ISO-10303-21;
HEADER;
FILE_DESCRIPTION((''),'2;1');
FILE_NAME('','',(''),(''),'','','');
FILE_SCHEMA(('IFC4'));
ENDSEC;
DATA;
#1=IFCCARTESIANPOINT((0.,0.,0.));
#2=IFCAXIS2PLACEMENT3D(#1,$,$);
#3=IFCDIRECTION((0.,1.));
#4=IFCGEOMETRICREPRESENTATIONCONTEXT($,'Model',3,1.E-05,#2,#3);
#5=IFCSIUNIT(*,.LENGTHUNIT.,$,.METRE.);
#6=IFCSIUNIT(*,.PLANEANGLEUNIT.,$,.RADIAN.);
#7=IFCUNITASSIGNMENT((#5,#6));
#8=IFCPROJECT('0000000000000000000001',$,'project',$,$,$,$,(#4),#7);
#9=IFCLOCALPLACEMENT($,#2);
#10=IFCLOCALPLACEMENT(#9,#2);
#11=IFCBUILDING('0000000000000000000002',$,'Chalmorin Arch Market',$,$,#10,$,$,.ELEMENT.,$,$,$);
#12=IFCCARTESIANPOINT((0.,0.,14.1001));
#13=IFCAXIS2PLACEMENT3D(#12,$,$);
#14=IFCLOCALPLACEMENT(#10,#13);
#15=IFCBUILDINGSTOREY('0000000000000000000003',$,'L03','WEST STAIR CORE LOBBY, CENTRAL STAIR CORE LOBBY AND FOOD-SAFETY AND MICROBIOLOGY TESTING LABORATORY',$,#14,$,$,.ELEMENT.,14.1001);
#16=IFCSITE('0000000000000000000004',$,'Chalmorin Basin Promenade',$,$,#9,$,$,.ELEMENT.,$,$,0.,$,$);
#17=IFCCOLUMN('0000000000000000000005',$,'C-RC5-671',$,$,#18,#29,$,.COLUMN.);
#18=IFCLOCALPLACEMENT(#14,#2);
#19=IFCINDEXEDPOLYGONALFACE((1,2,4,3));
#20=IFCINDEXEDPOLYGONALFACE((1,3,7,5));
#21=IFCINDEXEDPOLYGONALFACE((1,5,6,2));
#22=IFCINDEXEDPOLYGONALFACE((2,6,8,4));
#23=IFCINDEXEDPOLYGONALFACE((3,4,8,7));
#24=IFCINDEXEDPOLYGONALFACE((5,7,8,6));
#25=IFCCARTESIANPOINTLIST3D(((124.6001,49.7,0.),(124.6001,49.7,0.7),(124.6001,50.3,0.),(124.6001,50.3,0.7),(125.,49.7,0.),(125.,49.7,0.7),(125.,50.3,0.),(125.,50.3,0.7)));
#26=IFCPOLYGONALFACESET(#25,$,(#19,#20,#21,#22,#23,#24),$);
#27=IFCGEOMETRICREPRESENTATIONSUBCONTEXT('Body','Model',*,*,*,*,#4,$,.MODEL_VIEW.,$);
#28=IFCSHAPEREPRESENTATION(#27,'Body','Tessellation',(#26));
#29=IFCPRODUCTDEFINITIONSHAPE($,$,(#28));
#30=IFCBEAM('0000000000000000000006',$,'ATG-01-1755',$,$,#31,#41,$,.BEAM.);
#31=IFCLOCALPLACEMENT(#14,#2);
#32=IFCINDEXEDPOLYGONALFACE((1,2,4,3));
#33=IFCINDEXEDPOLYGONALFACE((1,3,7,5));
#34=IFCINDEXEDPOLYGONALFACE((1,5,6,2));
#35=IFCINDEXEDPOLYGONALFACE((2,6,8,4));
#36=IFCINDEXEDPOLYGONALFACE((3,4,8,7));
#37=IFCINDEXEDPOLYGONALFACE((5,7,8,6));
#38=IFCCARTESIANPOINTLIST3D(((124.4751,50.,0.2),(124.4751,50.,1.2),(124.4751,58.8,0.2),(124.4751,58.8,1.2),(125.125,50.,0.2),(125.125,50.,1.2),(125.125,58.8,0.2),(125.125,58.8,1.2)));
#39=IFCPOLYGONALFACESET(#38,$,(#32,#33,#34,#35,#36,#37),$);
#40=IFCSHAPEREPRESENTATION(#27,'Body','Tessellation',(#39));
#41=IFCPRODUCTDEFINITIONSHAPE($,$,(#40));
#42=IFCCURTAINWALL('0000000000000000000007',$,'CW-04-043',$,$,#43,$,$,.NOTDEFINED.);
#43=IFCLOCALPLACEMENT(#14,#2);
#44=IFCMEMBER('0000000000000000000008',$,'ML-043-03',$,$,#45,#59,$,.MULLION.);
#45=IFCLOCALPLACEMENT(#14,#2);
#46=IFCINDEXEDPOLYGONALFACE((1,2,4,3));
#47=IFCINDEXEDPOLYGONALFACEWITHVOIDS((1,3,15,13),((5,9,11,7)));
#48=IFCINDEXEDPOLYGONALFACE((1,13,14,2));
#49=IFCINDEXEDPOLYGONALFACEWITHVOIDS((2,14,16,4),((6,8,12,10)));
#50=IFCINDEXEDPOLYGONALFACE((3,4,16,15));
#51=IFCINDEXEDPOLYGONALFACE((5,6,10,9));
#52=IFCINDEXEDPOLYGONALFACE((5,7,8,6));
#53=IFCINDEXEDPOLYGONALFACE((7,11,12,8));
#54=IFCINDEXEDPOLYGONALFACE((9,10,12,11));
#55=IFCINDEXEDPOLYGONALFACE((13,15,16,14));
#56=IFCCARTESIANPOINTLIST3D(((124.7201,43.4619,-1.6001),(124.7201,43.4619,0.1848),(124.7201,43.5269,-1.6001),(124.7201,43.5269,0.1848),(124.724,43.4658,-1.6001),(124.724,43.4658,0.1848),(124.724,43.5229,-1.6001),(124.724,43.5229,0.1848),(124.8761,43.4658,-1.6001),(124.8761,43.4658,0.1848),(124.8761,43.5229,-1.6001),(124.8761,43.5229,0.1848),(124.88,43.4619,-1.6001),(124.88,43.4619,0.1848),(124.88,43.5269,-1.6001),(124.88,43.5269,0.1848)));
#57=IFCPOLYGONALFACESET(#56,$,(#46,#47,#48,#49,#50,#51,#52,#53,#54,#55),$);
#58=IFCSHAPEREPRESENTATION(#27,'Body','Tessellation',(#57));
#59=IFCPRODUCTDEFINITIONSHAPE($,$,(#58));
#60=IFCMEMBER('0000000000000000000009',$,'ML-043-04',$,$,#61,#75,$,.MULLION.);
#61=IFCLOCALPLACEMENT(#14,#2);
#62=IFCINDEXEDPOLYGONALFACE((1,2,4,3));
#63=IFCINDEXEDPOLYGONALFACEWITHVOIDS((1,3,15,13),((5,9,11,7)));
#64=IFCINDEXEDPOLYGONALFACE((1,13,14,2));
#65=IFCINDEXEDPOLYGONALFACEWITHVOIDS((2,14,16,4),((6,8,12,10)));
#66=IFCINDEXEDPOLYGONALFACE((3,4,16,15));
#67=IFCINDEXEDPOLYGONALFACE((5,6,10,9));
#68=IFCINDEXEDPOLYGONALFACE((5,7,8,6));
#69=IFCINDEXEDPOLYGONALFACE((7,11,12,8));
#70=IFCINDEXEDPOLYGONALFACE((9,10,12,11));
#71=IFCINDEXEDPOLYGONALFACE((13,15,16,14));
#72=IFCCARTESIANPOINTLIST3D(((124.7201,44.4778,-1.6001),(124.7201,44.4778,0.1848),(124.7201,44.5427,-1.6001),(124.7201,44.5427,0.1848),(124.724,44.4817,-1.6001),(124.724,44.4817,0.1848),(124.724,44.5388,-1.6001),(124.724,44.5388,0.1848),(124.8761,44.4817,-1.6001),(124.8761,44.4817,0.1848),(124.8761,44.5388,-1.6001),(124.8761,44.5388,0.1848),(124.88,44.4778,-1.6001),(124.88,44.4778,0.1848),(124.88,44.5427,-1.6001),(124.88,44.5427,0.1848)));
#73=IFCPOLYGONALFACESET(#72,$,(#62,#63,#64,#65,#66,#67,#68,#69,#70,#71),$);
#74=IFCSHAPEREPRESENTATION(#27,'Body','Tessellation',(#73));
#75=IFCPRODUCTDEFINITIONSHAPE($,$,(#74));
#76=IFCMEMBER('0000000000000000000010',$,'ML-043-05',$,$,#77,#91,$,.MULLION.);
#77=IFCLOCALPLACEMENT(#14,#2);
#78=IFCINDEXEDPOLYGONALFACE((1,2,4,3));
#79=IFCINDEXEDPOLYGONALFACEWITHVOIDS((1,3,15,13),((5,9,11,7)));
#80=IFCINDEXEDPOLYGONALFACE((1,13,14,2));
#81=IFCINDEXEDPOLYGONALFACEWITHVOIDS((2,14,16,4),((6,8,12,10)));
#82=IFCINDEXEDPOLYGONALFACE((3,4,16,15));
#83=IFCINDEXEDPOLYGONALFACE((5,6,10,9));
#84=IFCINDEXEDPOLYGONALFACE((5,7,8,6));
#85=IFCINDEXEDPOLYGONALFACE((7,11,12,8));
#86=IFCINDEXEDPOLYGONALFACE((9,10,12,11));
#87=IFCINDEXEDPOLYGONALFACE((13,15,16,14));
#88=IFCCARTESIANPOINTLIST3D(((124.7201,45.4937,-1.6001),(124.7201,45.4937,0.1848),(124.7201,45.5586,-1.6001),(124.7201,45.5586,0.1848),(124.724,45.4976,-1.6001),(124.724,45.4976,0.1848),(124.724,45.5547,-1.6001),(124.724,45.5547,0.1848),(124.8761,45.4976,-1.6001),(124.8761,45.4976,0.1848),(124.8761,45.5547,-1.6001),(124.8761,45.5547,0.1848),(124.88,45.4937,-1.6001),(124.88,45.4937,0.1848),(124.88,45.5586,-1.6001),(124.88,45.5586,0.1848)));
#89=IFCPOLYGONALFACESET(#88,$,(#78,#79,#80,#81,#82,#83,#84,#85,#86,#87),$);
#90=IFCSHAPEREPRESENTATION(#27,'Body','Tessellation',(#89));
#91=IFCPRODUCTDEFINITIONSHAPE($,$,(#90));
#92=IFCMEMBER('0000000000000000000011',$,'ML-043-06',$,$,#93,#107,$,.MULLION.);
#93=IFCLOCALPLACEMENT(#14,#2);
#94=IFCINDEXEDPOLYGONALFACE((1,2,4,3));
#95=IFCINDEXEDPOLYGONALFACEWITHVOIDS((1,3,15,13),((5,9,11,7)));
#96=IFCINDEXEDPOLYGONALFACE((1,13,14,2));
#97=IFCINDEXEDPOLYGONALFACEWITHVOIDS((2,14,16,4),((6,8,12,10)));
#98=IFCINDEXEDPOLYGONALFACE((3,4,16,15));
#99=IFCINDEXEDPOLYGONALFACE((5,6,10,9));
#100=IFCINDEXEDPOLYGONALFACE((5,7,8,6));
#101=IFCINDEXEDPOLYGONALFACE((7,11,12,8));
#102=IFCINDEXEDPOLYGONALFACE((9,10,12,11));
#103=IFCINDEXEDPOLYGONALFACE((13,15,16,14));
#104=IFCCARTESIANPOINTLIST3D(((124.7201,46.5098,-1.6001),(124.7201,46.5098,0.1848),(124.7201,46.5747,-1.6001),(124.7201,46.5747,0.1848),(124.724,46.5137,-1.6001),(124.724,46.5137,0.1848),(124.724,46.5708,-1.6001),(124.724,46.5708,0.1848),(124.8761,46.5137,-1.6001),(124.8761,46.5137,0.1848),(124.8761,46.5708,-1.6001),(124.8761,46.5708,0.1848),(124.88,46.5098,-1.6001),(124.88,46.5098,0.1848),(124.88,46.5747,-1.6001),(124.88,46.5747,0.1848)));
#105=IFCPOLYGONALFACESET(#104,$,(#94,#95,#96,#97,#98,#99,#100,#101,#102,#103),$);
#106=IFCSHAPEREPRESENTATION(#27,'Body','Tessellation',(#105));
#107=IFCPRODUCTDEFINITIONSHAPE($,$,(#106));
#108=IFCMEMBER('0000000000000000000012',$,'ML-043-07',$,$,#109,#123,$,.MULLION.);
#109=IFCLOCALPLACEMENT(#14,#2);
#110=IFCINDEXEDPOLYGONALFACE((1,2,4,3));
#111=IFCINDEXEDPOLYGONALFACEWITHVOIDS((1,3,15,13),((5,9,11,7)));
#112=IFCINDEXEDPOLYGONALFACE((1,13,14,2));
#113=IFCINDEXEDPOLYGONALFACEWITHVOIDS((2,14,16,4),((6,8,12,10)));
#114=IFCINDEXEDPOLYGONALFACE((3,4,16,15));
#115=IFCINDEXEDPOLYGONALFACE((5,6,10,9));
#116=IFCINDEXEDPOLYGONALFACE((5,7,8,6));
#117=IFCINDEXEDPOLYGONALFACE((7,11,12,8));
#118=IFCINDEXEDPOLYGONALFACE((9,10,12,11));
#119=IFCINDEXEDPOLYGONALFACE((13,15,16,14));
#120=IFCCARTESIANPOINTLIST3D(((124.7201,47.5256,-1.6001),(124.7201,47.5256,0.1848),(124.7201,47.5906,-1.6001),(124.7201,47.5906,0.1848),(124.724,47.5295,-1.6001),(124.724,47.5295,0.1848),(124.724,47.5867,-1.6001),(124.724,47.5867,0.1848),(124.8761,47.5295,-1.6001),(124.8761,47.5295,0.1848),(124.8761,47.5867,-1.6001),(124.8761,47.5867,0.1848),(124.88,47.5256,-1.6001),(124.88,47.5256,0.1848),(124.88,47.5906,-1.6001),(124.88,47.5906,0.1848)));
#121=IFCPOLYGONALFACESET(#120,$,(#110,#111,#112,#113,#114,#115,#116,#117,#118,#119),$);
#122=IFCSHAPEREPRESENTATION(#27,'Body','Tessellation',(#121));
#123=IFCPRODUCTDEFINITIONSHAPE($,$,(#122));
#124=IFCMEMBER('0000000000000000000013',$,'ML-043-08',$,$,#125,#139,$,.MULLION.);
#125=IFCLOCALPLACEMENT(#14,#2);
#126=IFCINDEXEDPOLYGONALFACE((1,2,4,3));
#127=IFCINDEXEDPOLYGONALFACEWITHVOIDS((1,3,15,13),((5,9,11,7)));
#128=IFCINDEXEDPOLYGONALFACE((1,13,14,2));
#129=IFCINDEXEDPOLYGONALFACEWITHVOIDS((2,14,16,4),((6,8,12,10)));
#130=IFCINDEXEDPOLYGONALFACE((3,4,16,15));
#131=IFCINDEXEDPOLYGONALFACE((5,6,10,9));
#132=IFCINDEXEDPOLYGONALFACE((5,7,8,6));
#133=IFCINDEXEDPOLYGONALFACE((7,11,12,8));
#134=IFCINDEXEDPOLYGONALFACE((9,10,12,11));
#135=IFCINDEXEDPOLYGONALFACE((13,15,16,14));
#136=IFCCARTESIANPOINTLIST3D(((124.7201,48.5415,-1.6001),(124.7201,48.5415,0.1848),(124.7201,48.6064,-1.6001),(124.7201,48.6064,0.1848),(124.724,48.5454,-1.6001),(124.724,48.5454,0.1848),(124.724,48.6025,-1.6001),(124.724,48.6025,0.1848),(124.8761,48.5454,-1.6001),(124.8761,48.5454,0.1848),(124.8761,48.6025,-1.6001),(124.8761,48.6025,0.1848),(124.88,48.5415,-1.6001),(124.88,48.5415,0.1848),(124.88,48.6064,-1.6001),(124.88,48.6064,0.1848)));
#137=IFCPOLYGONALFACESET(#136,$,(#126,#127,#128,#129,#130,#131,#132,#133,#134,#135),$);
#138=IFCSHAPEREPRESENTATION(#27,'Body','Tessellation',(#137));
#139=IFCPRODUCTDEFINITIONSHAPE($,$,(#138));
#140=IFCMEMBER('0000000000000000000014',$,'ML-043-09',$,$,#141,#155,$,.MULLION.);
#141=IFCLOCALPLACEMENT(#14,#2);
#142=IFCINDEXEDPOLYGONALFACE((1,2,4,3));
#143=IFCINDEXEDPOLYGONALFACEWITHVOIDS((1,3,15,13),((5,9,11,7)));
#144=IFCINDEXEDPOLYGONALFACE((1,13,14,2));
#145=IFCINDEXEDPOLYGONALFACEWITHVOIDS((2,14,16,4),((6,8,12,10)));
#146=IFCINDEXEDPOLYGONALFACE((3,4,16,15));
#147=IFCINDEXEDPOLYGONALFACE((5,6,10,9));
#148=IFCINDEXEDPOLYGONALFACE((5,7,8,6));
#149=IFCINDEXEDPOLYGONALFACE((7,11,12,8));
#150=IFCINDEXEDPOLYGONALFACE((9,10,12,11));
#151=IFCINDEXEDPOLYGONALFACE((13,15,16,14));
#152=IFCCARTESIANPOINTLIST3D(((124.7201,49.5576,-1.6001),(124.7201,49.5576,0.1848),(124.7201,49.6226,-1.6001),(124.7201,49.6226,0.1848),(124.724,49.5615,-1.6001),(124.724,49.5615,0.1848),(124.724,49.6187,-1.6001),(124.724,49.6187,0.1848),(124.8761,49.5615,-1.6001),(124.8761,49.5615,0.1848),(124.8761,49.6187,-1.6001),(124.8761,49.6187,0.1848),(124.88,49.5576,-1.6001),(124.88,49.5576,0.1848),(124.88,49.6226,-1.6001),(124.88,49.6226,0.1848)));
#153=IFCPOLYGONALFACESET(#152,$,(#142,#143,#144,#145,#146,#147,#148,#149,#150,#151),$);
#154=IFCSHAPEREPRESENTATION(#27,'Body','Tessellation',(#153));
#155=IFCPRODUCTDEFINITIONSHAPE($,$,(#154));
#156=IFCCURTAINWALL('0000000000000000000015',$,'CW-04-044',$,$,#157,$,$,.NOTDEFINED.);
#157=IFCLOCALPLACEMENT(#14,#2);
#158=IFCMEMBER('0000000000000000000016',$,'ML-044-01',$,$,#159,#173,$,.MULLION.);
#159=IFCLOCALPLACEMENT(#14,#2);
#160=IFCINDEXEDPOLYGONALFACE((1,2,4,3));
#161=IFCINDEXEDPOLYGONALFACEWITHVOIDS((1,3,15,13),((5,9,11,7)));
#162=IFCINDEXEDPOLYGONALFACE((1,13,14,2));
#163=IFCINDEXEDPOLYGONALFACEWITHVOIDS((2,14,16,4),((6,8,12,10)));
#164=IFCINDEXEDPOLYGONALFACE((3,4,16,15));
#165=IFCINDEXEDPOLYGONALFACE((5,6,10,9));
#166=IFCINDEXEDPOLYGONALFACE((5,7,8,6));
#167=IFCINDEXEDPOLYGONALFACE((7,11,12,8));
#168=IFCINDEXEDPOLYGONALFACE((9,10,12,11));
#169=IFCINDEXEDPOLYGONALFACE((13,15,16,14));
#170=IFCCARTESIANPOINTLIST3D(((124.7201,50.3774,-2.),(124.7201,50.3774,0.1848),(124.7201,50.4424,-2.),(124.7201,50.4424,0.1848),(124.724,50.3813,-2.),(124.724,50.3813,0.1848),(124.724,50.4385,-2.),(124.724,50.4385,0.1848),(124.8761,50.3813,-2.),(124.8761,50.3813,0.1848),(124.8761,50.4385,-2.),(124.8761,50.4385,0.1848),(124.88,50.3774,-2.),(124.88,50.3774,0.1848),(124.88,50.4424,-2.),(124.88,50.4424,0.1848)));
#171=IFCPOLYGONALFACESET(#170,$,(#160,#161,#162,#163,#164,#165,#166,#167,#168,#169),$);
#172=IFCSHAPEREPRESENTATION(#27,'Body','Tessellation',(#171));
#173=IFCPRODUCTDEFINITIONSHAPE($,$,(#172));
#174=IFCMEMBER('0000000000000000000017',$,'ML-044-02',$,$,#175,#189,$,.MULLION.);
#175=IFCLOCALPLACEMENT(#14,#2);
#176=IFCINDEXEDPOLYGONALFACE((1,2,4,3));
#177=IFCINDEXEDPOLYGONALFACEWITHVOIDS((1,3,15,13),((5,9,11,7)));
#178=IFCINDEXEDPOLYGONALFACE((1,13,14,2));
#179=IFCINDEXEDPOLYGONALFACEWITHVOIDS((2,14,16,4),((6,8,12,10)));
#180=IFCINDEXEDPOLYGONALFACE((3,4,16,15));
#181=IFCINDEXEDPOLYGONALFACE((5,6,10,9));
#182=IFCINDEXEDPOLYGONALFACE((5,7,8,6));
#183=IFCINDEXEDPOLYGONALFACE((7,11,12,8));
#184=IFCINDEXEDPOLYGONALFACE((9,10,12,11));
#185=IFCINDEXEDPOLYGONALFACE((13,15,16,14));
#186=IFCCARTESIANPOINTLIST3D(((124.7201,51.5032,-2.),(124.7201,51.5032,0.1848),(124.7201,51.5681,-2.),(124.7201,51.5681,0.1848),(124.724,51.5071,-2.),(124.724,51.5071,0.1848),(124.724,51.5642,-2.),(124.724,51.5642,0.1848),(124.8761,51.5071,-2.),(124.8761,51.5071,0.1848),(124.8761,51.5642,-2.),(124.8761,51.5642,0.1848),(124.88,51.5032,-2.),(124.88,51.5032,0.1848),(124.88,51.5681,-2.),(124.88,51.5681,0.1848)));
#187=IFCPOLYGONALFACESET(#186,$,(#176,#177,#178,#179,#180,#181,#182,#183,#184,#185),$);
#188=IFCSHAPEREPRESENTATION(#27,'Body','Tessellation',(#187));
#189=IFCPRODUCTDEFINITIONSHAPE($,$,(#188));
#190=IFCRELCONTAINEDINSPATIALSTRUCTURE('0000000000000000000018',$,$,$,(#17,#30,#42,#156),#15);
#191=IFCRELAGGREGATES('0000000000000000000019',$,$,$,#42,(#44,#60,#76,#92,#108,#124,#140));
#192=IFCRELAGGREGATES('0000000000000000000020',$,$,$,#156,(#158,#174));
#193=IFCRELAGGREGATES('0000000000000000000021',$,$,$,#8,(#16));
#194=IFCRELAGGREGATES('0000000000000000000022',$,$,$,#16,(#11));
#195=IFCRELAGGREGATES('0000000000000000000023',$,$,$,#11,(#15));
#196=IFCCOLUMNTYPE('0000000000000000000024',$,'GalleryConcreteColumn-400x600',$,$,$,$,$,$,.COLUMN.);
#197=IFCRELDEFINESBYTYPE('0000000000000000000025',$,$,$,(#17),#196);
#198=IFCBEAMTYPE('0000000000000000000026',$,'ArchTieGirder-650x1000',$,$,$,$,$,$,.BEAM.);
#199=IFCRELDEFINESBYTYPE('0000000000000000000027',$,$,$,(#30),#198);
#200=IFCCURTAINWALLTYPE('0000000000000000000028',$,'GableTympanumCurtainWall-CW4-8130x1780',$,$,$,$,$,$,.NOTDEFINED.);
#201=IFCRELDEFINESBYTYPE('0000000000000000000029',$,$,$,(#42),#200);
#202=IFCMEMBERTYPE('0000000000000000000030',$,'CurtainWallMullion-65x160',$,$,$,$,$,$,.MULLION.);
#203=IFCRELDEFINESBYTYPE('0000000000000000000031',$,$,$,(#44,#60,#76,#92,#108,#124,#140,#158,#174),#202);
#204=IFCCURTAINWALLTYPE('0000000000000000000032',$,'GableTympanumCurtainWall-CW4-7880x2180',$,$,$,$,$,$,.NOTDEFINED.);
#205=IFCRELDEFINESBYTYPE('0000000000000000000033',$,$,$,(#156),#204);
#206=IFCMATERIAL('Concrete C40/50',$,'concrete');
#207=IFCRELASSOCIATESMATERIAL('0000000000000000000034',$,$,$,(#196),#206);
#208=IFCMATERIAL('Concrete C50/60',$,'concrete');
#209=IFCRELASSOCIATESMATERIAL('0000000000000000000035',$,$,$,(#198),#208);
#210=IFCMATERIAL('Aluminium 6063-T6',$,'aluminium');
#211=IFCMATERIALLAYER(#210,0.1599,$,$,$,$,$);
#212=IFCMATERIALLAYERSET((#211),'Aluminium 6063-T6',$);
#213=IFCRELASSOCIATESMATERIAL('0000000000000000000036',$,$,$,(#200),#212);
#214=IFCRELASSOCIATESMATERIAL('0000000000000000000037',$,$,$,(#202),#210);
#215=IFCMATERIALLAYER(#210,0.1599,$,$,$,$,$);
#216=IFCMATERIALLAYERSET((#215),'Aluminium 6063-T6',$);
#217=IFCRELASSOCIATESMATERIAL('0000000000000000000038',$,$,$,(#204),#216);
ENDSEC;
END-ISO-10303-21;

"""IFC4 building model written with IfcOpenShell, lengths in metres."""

from ifc_helpers import new_model, si_unit, direction, frame, origin, origin_2d, place, context, subcontext, project, spatial, rectangle, hollow_rectangle, extrude, material, layer, layer_set, material_profile, profile_set, type_object, element, aggregate, save


model = new_model("IFC4")

# Units and contexts
model_context = context("Model", 3, precision=1e-05, world=origin(), true_north=direction((0.0, 1.0)))
body_context = subcontext(model_context, "Body", "Model", "MODEL_VIEW")
ifc_project = project(units=[si_unit("LENGTHUNIT", "METRE"), si_unit("PLANEANGLEUNIT", "RADIAN")], contexts=[model_context])

# Site, building, storey
site_placement = place(None, origin())
site = spatial("IfcSite", under=ifc_project, at=site_placement, Name="Chalmorin Basin Promenade", CompositionType="ELEMENT", RefElevation=0.0)
building_placement = place(site_placement, origin())
building = spatial("IfcBuilding", under=site, at=building_placement, Name="Chalmorin Arch Market", CompositionType="ELEMENT")
storey_placement = place(building_placement, frame((0.0, 0.0, 14.1001)))
storey = spatial("IfcBuildingStorey", under=building, at=storey_placement, Name="L03", Description="WEST STAIR CORE LOBBY, CENTRAL STAIR CORE LOBBY AND FOOD-SAFETY AND MICROBIOLOGY TESTING LABORATORY", CompositionType="ELEMENT", Elevation=14.1001)

# Column
ifc_material_1 = material(Name="Concrete C40/50", Category="concrete")
ifc_material_profile_1 = material_profile(ifc_material_1, rectangle(XDim=0.3999, YDim=0.6001, at=origin_2d()), Name="RC400X600")
ifc_profile_set_1 = profile_set([ifc_material_profile_1], Name="Concrete C40/50")
column_type = type_object("IfcColumnType", Name="GalleryConcreteColumn-400x600", PredefinedType="COLUMN", material=ifc_profile_set_1)
column_placement = place(storey_placement, frame((124.8, 50.0, 0.0), z_axis=(0.0, 0.0, 1.0), x_axis=(1.0, 0.0, 0.0)))
element("IfcColumn", 1, at=column_placement, inside=storey, type_object=column_type, Name="C-RC5-671", PredefinedType="COLUMN", context=body_context, shape_type="SweptSolid", body=[
    extrude(rectangle(XDim=0.3999, YDim=0.6001, at=origin_2d()), origin(), (0.0, 0.0, 1.0), 0.7),
])

# Beam
ifc_material_2 = material(Name="Concrete C50/60", Category="concrete")
ifc_material_profile_2 = material_profile(ifc_material_2, rectangle(XDim=0.6499, YDim=1.0, at=origin_2d()), Name="RC650X1000")
ifc_profile_set_2 = profile_set([ifc_material_profile_2], Name="Concrete C50/60")
beam_type = type_object("IfcBeamType", Name="ArchTieGirder-650x1000", PredefinedType="BEAM", material=ifc_profile_set_2)
beam_placement = place(storey_placement, frame((124.8, 50.0, 0.7), z_axis=(0.0, 1.0, 0.0), x_axis=(-1.0, 0.0, 0.0)))
element("IfcBeam", 2, at=beam_placement, inside=storey, type_object=beam_type, Name="ATG-01-1755", PredefinedType="BEAM", context=body_context, shape_type="SweptSolid", body=[
    extrude(rectangle(XDim=0.6499, YDim=1.0, at=origin_2d()), origin(), (0.0, 0.0, 1.0), 8.8),
])

# Curtain walls, members
ifc_material_3 = material(Name="Aluminium 6063-T6", Category="aluminium")
ifc_layer_1 = layer(ifc_material_3, 0.1599)
ifc_layer_set_1 = layer_set([ifc_layer_1], Name="Aluminium 6063-T6")
curtain_wall_type_1 = type_object("IfcCurtainWallType", Name="GableTympanumCurtainWall-CW4-8130x1780", PredefinedType="NOTDEFINED", material=ifc_layer_set_1)
curtain_wall_1_placement = place(storey_placement, origin())
curtain_wall_1 = element("IfcCurtainWall", 3, at=curtain_wall_1_placement, inside=storey, type_object=curtain_wall_type_1, Name="CW-04-043", PredefinedType="NOTDEFINED")
ifc_material_profile_3 = material_profile(ifc_material_3, hollow_rectangle(XDim=0.0649, YDim=0.1599, WallThickness=0.0039, at=origin_2d()), Name="ALU65X160X4")
ifc_profile_set_3 = profile_set([ifc_material_profile_3], Name="Aluminium 6063-T6")
member_type_1 = type_object("IfcMemberType", Name="CurtainWallMullion-65x160", PredefinedType="MULLION", material=ifc_profile_set_3)
member_1_placement = place(storey_placement, frame((124.8, 43.4944, -1.6001), z_axis=(0.0, 0.0, 1.0), x_axis=(0.0, 1.0, 0.0)))
member_1 = element("IfcMember", 4, at=member_1_placement, type_object=member_type_1, Name="ML-043-03", PredefinedType="MULLION", context=body_context, shape_type="SweptSolid", body=[
    extrude(hollow_rectangle(XDim=0.0649, YDim=0.1599, WallThickness=0.0039, at=origin_2d()), origin(), (0.0, 0.0, 1.0), 1.7849),
])
member_2_placement = place(storey_placement, frame((124.8, 44.5103, -1.6001), z_axis=(0.0, 0.0, 1.0), x_axis=(0.0, 1.0, 0.0)))
member_2 = element("IfcMember", 5, at=member_2_placement, type_object=member_type_1, Name="ML-043-04", PredefinedType="MULLION", context=body_context, shape_type="SweptSolid", body=[
    extrude(hollow_rectangle(XDim=0.0649, YDim=0.1599, WallThickness=0.0039, at=origin_2d()), origin(), (0.0, 0.0, 1.0), 1.7849),
])
member_3_placement = place(storey_placement, frame((124.8, 45.5261, -1.6001), z_axis=(0.0, 0.0, 1.0), x_axis=(0.0, 1.0, 0.0)))
member_3 = element("IfcMember", 6, at=member_3_placement, type_object=member_type_1, Name="ML-043-05", PredefinedType="MULLION", context=body_context, shape_type="SweptSolid", body=[
    extrude(hollow_rectangle(XDim=0.0649, YDim=0.1599, WallThickness=0.0039, at=origin_2d()), origin(), (0.0, 0.0, 1.0), 1.7849),
])
member_4_placement = place(storey_placement, frame((124.8, 46.5422, -1.6001), z_axis=(0.0, 0.0, 1.0), x_axis=(0.0, 1.0, 0.0)))
member_4 = element("IfcMember", 7, at=member_4_placement, type_object=member_type_1, Name="ML-043-06", PredefinedType="MULLION", context=body_context, shape_type="SweptSolid", body=[
    extrude(hollow_rectangle(XDim=0.0649, YDim=0.1599, WallThickness=0.0039, at=origin_2d()), origin(), (0.0, 0.0, 1.0), 1.7849),
])
member_5_placement = place(storey_placement, frame((124.8, 47.5581, -1.6001), z_axis=(0.0, 0.0, 1.0), x_axis=(0.0, 1.0, 0.0)))
member_5 = element("IfcMember", 8, at=member_5_placement, type_object=member_type_1, Name="ML-043-07", PredefinedType="MULLION", context=body_context, shape_type="SweptSolid", body=[
    extrude(hollow_rectangle(XDim=0.0649, YDim=0.1599, WallThickness=0.0039, at=origin_2d()), origin(), (0.0, 0.0, 1.0), 1.7849),
])
member_6_placement = place(storey_placement, frame((124.8, 48.574, -1.6001), z_axis=(0.0, 0.0, 1.0), x_axis=(0.0, 1.0, 0.0)))
member_6 = element("IfcMember", 9, at=member_6_placement, type_object=member_type_1, Name="ML-043-08", PredefinedType="MULLION", context=body_context, shape_type="SweptSolid", body=[
    extrude(hollow_rectangle(XDim=0.0649, YDim=0.1599, WallThickness=0.0039, at=origin_2d()), origin(), (0.0, 0.0, 1.0), 1.7849),
])
member_7_placement = place(storey_placement, frame((124.8, 49.5901, -1.6001), z_axis=(0.0, 0.0, 1.0), x_axis=(0.0, 1.0, 0.0)))
member_7 = element("IfcMember", 10, at=member_7_placement, type_object=member_type_1, Name="ML-043-09", PredefinedType="MULLION", context=body_context, shape_type="SweptSolid", body=[
    extrude(hollow_rectangle(XDim=0.0649, YDim=0.1599, WallThickness=0.0039, at=origin_2d()), origin(), (0.0, 0.0, 1.0), 1.7849),
])
ifc_layer_2 = layer(ifc_material_3, 0.1599)
ifc_layer_set_2 = layer_set([ifc_layer_2], Name="Aluminium 6063-T6")
curtain_wall_type_2 = type_object("IfcCurtainWallType", Name="GableTympanumCurtainWall-CW4-7880x2180", PredefinedType="NOTDEFINED", material=ifc_layer_set_2)
curtain_wall_2_placement = place(storey_placement, origin())
curtain_wall_2 = element("IfcCurtainWall", 11, at=curtain_wall_2_placement, inside=storey, type_object=curtain_wall_type_2, Name="CW-04-044", PredefinedType="NOTDEFINED")
member_8_placement = place(storey_placement, frame((124.8, 50.4099, -2.0), z_axis=(0.0, 0.0, 1.0), x_axis=(0.0, 1.0, 0.0)))
member_8 = element("IfcMember", 12, at=member_8_placement, type_object=member_type_1, Name="ML-044-01", PredefinedType="MULLION", context=body_context, shape_type="SweptSolid", body=[
    extrude(hollow_rectangle(XDim=0.0649, YDim=0.1599, WallThickness=0.0039, at=origin_2d()), origin(), (0.0, 0.0, 1.0), 2.1848),
])
member_9_placement = place(storey_placement, frame((124.8, 51.5356, -2.0), z_axis=(0.0, 0.0, 1.0), x_axis=(0.0, 1.0, 0.0)))
member_9 = element("IfcMember", 13, at=member_9_placement, type_object=member_type_1, Name="ML-044-02", PredefinedType="MULLION", context=body_context, shape_type="SweptSolid", body=[
    extrude(hollow_rectangle(XDim=0.0649, YDim=0.1599, WallThickness=0.0039, at=origin_2d()), origin(), (0.0, 0.0, 1.0), 2.1848),
])

aggregate(curtain_wall_1, [member_1, member_2, member_3, member_4, member_5, member_6, member_7])
aggregate(curtain_wall_2, [member_8, member_9])

save(model, "model.ifc")
